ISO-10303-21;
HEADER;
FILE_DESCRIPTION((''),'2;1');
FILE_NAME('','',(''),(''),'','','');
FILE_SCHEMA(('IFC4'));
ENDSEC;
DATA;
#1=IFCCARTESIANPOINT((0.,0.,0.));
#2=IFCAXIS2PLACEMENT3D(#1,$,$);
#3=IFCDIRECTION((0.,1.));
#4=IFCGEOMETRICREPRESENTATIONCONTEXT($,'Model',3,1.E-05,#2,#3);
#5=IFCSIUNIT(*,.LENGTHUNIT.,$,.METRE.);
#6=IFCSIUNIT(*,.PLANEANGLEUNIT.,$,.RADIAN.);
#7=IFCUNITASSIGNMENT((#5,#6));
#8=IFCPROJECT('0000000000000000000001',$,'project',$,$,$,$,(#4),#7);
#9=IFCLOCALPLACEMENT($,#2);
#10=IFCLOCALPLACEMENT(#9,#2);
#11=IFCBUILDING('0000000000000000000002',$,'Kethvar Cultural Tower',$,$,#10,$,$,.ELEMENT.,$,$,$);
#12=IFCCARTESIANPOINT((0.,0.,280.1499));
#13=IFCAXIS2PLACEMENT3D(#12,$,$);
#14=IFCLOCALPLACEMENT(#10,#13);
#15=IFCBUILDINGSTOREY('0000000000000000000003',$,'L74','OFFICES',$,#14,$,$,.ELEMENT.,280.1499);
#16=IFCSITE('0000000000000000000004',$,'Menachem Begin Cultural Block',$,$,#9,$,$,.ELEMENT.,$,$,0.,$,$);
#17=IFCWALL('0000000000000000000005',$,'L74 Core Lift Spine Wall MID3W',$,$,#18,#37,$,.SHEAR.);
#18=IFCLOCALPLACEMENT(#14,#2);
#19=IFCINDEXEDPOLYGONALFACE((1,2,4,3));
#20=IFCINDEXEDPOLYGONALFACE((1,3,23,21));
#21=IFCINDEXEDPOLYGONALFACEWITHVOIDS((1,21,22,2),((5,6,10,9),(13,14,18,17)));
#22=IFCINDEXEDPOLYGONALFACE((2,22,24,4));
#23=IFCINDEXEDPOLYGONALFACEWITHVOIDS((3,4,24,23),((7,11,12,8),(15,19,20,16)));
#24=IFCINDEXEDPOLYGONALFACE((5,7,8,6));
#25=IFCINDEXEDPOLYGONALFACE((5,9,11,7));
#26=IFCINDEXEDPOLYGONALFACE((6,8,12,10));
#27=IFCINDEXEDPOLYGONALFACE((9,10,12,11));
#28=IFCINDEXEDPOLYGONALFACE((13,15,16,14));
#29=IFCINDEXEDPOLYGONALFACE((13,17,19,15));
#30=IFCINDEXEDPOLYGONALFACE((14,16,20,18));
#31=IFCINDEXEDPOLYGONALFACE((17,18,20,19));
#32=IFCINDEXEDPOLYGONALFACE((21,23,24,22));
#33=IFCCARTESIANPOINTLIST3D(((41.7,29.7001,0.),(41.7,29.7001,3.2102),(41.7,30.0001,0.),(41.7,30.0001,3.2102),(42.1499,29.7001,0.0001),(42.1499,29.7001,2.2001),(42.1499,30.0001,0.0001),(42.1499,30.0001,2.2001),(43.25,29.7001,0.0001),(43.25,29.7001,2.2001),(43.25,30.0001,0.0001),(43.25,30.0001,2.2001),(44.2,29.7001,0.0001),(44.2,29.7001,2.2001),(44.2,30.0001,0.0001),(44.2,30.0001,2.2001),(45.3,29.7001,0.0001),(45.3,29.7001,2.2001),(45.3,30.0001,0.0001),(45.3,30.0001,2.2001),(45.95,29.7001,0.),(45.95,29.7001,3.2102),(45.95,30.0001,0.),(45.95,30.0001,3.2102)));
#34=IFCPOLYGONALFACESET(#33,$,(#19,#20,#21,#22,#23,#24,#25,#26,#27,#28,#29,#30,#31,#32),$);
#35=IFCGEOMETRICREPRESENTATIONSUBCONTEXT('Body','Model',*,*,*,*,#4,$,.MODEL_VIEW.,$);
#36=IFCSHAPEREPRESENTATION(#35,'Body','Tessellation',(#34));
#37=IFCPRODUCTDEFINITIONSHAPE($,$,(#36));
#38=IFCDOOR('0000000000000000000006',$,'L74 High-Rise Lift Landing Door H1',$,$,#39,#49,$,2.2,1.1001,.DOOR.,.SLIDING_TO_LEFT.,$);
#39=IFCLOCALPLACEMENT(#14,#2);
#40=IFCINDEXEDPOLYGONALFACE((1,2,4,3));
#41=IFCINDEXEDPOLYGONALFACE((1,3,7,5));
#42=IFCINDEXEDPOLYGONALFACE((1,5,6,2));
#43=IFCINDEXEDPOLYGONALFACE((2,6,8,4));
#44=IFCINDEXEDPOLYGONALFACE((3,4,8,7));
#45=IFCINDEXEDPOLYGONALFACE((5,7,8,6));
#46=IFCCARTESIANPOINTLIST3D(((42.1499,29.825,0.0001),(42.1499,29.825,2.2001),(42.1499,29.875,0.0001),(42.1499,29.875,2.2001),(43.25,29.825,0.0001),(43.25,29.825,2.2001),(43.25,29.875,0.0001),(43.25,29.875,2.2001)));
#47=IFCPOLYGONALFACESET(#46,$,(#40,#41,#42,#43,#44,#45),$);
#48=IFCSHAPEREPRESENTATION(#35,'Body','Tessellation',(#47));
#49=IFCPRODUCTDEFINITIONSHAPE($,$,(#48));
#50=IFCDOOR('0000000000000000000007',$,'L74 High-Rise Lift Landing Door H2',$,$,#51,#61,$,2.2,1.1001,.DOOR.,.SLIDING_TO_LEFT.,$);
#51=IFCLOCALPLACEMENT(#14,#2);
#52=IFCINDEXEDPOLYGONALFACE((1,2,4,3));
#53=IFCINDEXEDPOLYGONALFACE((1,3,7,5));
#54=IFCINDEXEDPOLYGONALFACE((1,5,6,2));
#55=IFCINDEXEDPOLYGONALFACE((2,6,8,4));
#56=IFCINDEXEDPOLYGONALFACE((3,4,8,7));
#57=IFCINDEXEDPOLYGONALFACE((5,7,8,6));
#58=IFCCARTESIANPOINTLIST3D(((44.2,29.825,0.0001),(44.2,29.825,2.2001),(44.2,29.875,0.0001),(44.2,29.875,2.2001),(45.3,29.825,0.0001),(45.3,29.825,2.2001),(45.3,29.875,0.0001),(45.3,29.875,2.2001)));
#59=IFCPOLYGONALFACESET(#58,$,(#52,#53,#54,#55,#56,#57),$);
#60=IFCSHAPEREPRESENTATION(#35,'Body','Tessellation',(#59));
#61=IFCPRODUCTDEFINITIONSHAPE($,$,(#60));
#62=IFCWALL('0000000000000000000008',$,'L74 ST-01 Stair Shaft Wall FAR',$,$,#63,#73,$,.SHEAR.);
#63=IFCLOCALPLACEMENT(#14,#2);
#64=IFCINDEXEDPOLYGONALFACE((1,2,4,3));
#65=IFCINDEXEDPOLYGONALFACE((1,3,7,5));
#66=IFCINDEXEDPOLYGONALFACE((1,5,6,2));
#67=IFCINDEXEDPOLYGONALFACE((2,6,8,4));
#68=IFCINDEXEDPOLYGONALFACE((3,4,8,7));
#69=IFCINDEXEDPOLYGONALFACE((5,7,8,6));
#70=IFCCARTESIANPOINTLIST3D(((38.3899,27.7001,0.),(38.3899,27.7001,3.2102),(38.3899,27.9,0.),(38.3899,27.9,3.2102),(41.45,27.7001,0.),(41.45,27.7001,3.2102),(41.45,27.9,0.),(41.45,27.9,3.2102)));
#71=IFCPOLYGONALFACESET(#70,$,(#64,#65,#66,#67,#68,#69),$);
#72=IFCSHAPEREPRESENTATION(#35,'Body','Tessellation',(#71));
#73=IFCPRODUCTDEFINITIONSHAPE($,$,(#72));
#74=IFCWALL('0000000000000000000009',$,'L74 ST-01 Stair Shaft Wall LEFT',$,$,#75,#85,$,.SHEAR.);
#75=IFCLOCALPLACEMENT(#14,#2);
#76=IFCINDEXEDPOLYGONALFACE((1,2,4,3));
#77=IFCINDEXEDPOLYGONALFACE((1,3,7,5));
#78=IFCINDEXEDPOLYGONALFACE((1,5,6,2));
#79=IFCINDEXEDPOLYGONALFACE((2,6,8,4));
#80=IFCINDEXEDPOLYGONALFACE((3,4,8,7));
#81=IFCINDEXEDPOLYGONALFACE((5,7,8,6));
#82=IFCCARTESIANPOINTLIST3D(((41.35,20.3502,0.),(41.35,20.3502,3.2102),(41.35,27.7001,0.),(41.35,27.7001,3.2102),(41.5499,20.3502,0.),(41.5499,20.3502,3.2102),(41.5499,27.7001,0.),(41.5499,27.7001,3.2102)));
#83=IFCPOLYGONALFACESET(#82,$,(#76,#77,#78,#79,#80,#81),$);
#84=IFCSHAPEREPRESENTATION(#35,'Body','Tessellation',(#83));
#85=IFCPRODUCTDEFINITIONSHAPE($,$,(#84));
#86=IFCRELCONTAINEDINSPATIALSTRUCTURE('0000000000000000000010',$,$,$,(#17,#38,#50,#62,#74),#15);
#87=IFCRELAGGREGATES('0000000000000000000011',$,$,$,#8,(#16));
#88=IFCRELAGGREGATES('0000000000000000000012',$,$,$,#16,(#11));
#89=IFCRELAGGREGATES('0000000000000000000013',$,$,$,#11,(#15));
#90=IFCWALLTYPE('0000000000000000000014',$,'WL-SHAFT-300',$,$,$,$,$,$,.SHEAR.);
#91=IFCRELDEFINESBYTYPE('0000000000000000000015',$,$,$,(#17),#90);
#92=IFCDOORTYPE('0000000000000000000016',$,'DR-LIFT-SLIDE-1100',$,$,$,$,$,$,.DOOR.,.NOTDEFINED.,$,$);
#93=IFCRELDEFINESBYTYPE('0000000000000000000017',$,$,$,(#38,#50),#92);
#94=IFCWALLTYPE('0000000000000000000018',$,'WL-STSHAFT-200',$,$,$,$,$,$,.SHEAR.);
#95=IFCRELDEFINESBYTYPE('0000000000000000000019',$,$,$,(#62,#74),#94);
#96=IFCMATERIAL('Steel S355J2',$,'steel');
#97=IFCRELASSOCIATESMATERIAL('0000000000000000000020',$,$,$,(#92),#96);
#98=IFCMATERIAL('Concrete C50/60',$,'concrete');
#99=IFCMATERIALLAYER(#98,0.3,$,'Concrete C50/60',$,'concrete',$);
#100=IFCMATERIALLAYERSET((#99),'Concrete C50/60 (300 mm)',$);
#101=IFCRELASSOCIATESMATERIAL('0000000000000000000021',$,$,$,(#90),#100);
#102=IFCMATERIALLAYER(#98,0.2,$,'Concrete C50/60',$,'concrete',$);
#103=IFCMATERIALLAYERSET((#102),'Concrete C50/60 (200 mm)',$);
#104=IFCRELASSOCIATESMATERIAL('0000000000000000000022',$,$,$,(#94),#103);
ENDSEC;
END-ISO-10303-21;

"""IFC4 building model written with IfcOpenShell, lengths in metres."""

from ifc_helpers import new_model, si_unit, direction, frame, frame_2d, origin, place, context, subcontext, project, spatial, rectangle, extrude, source, transform, mapped, material, layer, layer_set, type_object, element, fill, save


model = new_model("IFC4")

# Units and contexts
model_context = context("Model", 3, precision=1e-05, world=origin(), true_north=direction((0.0, 1.0)))
body_context = subcontext(model_context, "Body", "Model", "MODEL_VIEW")
ifc_project = project(units=[si_unit("LENGTHUNIT", "METRE"), si_unit("PLANEANGLEUNIT", "RADIAN")], contexts=[model_context])

# Site, building, storey
site_placement = place(None, origin())
site = spatial("IfcSite", under=ifc_project, at=site_placement, Name="Menachem Begin Cultural Block", CompositionType="ELEMENT", RefElevation=0.0)
building_placement = place(site_placement, origin())
building = spatial("IfcBuilding", under=site, at=building_placement, Name="Kethvar Cultural Tower", CompositionType="ELEMENT")
storey_placement = place(building_placement, frame((0.0, 0.0, 280.1499)))
storey = spatial("IfcBuildingStorey", under=building, at=storey_placement, Name="L74", Description="OFFICES", CompositionType="ELEMENT", Elevation=280.1499)

# Shared definitions
ifc_material_1 = material(Name="Steel S355J2", Category="steel")

# Shared definitions
ifc_material_2 = material(Name="Concrete C50/60", Category="concrete")
door_type_1 = type_object("IfcDoorType", Name="DR-LIFT-SLIDE-1100", OperationType="NOTDEFINED", PredefinedType="DOOR", material=ifc_material_1)
shared_shape_1 = source(origin(), body_context, "Body", "SweptSolid", [
    extrude(rectangle(XDim=1.1001, YDim=2.2, at=frame_2d((0.55, 1.1001))), frame((0.0, 0.0249, 0.0), z_axis=(0.0, -1.0, 0.0), x_axis=(1.0, 0.0, 0.0)), (0.0, 0.0, 1.0), 0.05),
])

# Shared definitions
ifc_layer_1 = layer(ifc_material_2, 0.3, Name="Concrete C50/60", Category="concrete")
ifc_layer_set_1 = layer_set([ifc_layer_1], Name="Concrete C50/60 (300 mm)")
wall_type_1 = type_object("IfcWallType", Name="WL-SHAFT-300", PredefinedType="SHEAR", material=ifc_layer_set_1)

# Wall, openings, doors
wall_1_placement = place(storey_placement, frame((41.7, 29.8501, 0.0), z_axis=(0.0, 0.0, 1.0), x_axis=(1.0, 0.0, 0.0)))
wall_1 = element("IfcWall", 1, at=wall_1_placement, inside=storey, type_object=wall_type_1, Name="L74 Core Lift Spine Wall MID3W", PredefinedType="SHEAR", context=body_context, shape_type="SweptSolid", body=[
    extrude(rectangle(XDim=4.25, YDim=0.3, at=frame_2d((2.125, 0.0))), origin(), (0.0, 0.0, 1.0), 3.2102),
])
opening_1_placement = place(wall_1_placement, frame((0.45, 0.0, 0.0)))
opening_1 = element("IfcOpeningElement", 2, at=opening_1_placement, cuts=wall_1, PredefinedType="OPENING", context=body_context, shape_type="SweptSolid", body=[
    extrude(rectangle(XDim=1.1001, YDim=2.2, at=frame_2d((0.55, 1.1001))), frame((0.0, 0.1599, 0.0), z_axis=(0.0, -1.0, 0.0), x_axis=(1.0, 0.0, 0.0)), (0.0, 0.0, 1.0), 0.3201),
])
opening_2_placement = place(wall_1_placement, frame((2.5, 0.0, 0.0)))
opening_2 = element("IfcOpeningElement", 3, at=opening_2_placement, cuts=wall_1, PredefinedType="OPENING", context=body_context, shape_type="SweptSolid", body=[
    extrude(rectangle(XDim=1.1001, YDim=2.2, at=frame_2d((0.55, 1.1001))), frame((0.0, 0.1599, 0.0), z_axis=(0.0, -1.0, 0.0), x_axis=(1.0, 0.0, 0.0)), (0.0, 0.0, 1.0), 0.3201),
])
door_1_placement = place(opening_1_placement, origin())
door_1 = element("IfcDoor", 4, at=door_1_placement, inside=storey, type_object=door_type_1, Name="L74 High-Rise Lift Landing Door H1", OperationType="SLIDING_TO_LEFT", OverallHeight=2.2, OverallWidth=1.1001, PredefinedType="DOOR", context=body_context, shape_type="MappedRepresentation", body=[
    mapped(shared_shape_1, transform((0.0, 0.0, 0.0), scale=1.0)),
])
fill(opening_1, door_1)
door_2_placement = place(opening_2_placement, origin())
door_2 = element("IfcDoor", 5, at=door_2_placement, inside=storey, type_object=door_type_1, Name="L74 High-Rise Lift Landing Door H2", OperationType="SLIDING_TO_LEFT", OverallHeight=2.2, OverallWidth=1.1001, PredefinedType="DOOR", context=body_context, shape_type="MappedRepresentation", body=[
    mapped(shared_shape_1, transform((0.0, 0.0, 0.0), scale=1.0)),
])
fill(opening_2, door_2)

# Walls
ifc_layer_2 = layer(ifc_material_2, 0.2, Name="Concrete C50/60", Category="concrete")
ifc_layer_set_2 = layer_set([ifc_layer_2], Name="Concrete C50/60 (200 mm)")
wall_type_2 = type_object("IfcWallType", Name="WL-STSHAFT-200", PredefinedType="SHEAR", material=ifc_layer_set_2)
wall_2_placement = place(storey_placement, frame((38.3899, 27.8, 0.0), z_axis=(0.0, 0.0, 1.0), x_axis=(1.0, 0.0, 0.0)))
element("IfcWall", 6, at=wall_2_placement, inside=storey, type_object=wall_type_2, Name="L74 ST-01 Stair Shaft Wall FAR", PredefinedType="SHEAR", context=body_context, shape_type="SweptSolid", body=[
    extrude(rectangle(XDim=3.0601, YDim=0.2, at=frame_2d((1.53, 0.0))), origin(), (0.0, 0.0, 1.0), 3.2102),
])
wall_3_placement = place(storey_placement, frame((41.45, 27.7, 0.0), z_axis=(0.0, 0.0, 1.0), x_axis=(0.0, -1.0, 0.0)))
element("IfcWall", 7, at=wall_3_placement, inside=storey, type_object=wall_type_2, Name="L74 ST-01 Stair Shaft Wall LEFT", PredefinedType="SHEAR", context=body_context, shape_type="SweptSolid", body=[
    extrude(rectangle(XDim=7.3499, YDim=0.2, at=frame_2d((3.6748, 0.0))), origin(), (0.0, 0.0, 1.0), 3.2102),
])

save(model, "model.ifc")
